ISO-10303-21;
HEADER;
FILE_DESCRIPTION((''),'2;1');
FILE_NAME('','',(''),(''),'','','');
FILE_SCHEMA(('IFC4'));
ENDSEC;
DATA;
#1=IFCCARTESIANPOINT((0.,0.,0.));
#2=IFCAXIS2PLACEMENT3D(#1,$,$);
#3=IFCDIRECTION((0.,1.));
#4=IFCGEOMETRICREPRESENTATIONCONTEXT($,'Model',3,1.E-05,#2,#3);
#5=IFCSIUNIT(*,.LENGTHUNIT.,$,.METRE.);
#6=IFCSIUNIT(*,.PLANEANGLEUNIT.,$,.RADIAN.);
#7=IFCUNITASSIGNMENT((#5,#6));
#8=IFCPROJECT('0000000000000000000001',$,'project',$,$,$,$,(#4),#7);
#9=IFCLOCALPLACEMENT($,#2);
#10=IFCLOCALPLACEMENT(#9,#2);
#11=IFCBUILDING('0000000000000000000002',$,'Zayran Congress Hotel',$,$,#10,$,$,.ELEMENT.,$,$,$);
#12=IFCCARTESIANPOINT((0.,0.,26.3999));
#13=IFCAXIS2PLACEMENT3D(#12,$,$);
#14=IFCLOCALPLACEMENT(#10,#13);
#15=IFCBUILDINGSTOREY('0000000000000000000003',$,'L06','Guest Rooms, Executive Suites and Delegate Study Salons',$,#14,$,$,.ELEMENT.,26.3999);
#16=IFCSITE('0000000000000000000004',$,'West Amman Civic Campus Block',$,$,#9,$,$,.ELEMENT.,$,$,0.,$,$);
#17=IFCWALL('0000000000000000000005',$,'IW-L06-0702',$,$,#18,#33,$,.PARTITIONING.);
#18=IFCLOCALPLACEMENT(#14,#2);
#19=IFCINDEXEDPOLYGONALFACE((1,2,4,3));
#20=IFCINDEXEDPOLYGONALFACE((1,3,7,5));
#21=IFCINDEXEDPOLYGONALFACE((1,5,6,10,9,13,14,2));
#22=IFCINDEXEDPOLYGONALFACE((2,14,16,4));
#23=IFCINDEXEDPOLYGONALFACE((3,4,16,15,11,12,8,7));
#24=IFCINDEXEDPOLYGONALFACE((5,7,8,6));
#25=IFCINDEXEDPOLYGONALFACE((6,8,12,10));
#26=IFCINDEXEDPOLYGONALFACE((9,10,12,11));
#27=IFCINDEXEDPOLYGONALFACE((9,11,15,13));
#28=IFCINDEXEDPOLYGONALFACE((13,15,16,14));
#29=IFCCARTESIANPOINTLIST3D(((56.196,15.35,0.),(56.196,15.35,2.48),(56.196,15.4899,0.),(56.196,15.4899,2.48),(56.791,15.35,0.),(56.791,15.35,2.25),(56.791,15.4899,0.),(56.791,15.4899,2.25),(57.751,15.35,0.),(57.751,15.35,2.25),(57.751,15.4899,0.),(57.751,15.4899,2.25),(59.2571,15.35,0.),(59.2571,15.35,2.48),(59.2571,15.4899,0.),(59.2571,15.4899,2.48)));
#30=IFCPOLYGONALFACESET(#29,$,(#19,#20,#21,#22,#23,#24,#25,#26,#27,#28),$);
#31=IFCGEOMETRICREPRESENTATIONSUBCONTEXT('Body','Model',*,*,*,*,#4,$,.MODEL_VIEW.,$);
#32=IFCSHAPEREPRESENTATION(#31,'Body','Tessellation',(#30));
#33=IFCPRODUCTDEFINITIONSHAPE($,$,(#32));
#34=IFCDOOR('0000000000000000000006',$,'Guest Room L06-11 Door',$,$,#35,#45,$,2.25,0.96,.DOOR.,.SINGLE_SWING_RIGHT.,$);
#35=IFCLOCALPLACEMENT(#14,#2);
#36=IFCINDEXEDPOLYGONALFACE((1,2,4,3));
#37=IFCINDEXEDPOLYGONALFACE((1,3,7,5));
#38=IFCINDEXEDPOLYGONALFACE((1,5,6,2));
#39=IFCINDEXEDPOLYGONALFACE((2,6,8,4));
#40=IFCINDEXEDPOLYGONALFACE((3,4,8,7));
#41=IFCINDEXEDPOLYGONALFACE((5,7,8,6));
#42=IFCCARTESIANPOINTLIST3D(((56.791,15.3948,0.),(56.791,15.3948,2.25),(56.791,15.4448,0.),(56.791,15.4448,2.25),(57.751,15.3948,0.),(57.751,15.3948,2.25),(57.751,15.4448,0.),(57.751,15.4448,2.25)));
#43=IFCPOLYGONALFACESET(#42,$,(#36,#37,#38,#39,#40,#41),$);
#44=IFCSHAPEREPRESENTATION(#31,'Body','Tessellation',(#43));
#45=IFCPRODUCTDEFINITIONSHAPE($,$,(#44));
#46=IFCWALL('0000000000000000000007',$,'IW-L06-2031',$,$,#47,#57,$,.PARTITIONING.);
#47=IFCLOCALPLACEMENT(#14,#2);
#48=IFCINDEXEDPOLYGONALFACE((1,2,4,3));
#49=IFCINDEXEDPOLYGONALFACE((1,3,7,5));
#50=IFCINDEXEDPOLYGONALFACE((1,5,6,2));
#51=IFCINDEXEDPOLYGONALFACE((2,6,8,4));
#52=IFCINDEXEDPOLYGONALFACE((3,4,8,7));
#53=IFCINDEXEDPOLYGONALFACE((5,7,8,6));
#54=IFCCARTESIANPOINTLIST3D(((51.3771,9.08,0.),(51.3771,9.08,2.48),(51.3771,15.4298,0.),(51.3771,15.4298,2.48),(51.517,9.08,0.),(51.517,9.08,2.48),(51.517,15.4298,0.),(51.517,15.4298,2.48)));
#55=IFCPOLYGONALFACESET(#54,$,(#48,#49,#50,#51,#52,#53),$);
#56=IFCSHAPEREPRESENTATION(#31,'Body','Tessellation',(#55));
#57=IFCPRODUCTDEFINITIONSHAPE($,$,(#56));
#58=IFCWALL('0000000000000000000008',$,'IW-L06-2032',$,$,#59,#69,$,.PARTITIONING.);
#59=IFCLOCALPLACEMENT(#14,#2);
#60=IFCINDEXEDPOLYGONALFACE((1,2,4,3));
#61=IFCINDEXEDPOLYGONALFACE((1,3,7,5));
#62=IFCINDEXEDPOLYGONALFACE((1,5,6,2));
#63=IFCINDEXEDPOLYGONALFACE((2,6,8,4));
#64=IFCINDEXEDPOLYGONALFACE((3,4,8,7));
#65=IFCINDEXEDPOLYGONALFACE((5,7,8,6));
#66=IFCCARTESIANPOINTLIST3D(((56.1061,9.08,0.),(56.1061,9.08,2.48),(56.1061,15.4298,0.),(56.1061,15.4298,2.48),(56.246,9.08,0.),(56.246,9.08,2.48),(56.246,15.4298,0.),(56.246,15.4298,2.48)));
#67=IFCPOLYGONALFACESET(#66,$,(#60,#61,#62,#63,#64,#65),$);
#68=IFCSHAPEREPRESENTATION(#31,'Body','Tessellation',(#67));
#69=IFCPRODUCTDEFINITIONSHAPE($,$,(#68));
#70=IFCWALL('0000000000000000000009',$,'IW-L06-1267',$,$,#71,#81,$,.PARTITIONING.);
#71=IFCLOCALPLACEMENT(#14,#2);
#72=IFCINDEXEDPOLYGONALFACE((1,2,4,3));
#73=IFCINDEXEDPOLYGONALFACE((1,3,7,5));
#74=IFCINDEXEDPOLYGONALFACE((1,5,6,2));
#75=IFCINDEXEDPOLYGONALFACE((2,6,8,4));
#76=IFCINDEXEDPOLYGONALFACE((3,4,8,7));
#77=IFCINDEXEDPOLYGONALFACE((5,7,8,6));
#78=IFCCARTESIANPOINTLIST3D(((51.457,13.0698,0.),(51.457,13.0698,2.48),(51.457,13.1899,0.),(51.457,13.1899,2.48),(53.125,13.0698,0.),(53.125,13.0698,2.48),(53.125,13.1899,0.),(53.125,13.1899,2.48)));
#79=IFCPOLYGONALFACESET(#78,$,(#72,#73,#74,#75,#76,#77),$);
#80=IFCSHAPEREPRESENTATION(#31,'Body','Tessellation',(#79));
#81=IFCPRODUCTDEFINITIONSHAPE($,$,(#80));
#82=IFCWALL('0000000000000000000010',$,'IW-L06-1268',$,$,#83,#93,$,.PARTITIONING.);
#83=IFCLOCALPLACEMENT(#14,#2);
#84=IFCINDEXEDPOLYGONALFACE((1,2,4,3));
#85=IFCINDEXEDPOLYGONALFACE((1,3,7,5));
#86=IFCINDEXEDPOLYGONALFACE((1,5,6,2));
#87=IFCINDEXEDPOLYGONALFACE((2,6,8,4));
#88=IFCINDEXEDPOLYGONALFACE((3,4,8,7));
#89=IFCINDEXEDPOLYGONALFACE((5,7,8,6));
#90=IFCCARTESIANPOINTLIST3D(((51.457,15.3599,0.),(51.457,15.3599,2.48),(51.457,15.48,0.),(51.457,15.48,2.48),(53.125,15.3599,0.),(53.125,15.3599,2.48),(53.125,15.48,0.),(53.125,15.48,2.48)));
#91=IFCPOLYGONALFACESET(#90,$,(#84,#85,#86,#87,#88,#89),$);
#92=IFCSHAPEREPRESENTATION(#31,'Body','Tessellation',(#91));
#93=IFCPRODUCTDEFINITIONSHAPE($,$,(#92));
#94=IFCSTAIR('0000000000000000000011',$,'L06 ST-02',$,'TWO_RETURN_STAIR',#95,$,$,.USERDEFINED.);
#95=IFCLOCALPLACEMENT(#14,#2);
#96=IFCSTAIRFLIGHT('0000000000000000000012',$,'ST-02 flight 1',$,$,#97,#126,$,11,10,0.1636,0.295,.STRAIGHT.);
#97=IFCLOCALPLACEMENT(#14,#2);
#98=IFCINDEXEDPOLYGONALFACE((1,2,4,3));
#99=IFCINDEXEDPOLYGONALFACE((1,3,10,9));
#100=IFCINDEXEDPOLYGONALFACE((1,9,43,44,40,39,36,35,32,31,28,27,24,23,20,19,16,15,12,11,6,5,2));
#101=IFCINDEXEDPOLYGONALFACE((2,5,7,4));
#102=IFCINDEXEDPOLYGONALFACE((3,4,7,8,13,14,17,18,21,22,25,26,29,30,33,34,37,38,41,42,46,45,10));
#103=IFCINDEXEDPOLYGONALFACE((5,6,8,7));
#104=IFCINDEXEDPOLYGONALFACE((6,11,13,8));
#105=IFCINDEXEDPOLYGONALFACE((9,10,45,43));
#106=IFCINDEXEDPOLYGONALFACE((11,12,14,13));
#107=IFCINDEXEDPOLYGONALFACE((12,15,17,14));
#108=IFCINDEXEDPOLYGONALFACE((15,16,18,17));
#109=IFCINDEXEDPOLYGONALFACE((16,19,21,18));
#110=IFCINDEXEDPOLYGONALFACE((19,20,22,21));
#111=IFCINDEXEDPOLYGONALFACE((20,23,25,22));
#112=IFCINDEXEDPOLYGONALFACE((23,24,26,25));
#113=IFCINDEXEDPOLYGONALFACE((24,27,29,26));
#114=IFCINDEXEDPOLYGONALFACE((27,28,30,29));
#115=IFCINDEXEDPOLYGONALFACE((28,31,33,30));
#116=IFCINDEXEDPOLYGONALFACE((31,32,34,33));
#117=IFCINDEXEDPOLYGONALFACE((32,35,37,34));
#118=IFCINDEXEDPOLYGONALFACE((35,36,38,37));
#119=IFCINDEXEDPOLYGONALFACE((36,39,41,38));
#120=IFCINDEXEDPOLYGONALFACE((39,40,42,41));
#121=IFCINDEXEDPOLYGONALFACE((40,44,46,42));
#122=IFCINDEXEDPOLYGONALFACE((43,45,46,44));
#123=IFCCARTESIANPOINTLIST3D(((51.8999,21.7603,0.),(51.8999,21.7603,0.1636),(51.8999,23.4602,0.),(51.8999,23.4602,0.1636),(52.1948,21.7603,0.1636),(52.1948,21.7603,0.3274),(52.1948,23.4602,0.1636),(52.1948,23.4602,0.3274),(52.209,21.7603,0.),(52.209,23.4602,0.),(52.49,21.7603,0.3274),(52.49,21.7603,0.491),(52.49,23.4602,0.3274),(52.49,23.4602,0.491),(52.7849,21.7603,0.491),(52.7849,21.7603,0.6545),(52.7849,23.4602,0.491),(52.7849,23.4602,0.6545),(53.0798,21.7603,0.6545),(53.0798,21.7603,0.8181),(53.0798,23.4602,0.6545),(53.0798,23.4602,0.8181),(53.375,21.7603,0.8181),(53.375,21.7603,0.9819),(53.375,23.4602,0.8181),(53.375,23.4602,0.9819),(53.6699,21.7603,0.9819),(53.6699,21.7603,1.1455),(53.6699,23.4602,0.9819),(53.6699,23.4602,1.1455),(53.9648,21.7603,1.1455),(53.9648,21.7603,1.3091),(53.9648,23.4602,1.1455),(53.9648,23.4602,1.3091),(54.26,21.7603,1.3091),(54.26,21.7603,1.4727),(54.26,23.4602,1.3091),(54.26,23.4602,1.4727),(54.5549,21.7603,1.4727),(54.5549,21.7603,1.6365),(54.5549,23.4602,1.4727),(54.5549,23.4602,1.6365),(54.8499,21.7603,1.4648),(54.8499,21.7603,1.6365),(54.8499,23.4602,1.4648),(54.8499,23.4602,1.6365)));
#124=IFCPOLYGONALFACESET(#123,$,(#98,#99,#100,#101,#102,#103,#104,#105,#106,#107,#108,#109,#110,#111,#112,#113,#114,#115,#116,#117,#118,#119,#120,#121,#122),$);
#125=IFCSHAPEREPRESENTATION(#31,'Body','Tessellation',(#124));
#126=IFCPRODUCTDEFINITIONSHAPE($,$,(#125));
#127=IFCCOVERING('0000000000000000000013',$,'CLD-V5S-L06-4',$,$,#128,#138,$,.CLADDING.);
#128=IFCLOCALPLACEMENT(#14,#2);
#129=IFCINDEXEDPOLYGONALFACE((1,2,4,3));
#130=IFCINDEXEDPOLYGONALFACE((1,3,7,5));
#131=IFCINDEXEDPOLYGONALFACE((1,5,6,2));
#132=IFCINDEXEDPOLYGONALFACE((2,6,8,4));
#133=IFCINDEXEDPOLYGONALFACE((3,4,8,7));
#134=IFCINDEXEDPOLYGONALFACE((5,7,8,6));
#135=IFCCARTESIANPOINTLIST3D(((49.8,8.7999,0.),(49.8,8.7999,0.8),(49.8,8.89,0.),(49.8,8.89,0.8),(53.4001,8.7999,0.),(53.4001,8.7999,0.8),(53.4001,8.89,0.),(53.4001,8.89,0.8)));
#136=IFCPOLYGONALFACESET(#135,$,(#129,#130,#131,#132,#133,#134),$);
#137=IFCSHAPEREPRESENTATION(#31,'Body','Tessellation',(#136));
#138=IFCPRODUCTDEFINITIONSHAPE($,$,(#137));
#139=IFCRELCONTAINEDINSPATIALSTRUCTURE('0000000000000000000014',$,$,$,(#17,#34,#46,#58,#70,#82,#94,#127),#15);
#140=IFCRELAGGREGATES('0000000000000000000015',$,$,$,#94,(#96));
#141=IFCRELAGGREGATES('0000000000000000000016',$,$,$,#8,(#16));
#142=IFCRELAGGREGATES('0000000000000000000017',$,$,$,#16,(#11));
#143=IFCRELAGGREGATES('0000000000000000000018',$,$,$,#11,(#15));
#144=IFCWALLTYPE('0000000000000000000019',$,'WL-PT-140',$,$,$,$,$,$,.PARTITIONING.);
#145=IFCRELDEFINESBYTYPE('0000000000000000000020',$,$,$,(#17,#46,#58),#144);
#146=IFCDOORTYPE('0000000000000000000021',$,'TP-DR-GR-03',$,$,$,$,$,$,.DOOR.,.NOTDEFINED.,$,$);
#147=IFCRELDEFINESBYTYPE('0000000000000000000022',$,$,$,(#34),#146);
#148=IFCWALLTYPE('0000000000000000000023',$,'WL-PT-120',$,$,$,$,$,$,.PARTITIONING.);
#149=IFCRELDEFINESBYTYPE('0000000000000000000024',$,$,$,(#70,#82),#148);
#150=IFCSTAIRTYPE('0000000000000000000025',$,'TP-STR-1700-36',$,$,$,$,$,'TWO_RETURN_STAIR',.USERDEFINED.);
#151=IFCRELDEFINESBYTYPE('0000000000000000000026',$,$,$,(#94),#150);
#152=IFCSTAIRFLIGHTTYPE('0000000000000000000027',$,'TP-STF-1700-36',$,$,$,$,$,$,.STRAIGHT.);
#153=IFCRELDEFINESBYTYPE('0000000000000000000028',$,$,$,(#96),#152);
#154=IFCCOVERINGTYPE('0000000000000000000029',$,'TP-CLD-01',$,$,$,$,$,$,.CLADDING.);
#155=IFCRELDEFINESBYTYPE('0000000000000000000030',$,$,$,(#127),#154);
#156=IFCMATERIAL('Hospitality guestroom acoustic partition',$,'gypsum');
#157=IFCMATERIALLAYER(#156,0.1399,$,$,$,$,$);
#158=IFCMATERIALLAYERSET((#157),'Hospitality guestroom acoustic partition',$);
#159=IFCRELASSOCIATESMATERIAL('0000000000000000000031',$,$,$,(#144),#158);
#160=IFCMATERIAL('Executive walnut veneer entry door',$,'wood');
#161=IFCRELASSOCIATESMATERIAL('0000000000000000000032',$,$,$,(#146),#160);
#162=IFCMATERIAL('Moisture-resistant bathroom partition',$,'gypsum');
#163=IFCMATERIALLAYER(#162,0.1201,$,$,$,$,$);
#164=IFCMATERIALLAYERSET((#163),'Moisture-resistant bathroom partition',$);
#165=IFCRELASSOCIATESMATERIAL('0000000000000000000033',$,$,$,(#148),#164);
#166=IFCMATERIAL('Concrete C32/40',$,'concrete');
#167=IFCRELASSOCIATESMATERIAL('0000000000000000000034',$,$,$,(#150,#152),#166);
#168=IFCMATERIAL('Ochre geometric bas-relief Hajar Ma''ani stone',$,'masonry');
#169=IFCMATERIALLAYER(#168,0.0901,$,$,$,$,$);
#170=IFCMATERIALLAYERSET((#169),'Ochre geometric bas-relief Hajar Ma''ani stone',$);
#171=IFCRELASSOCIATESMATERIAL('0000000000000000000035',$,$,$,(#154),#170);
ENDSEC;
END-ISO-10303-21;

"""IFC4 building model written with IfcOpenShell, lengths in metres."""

from ifc_helpers import new_model, si_unit, direction, frame, frame_2d, origin, origin_2d, place, context, subcontext, project, spatial, polyline, rectangle, outline, extrude, material, layer, layer_set, type_object, element, fill, aggregate, save


model = new_model("IFC4")

# Units and contexts
model_context = context("Model", 3, precision=1e-05, world=origin(), true_north=direction((0.0, 1.0)))
body_context = subcontext(model_context, "Body", "Model", "MODEL_VIEW")
ifc_project = project(units=[si_unit("LENGTHUNIT", "METRE"), si_unit("PLANEANGLEUNIT", "RADIAN")], contexts=[model_context])

# Site, building, storey
site_placement = place(None, origin())
site = spatial("IfcSite", under=ifc_project, at=site_placement, Name="West Amman Civic Campus Block", CompositionType="ELEMENT", RefElevation=0.0)
building_placement = place(site_placement, origin())
building = spatial("IfcBuilding", under=site, at=building_placement, Name="Zayran Congress Hotel", CompositionType="ELEMENT")
storey_placement = place(building_placement, frame((0.0, 0.0, 26.3999)))
storey = spatial("IfcBuildingStorey", under=building, at=storey_placement, Name="L06", Description="Guest Rooms, Executive Suites and Delegate Study Salons", CompositionType="ELEMENT", Elevation=26.3999)

# Shared definitions
ifc_material_1 = material(Name="Hospitality guestroom acoustic partition", Category="gypsum")
ifc_layer_1 = layer(ifc_material_1, 0.1399)
ifc_layer_set_1 = layer_set([ifc_layer_1], Name="Hospitality guestroom acoustic partition")
wall_type_1 = type_object("IfcWallType", Name="WL-PT-140", PredefinedType="PARTITIONING", material=ifc_layer_set_1)

# Wall, opening, door
wall_1_placement = place(storey_placement, frame((56.196, 15.4199, 0.0), z_axis=(0.0, 0.0, 1.0), x_axis=(1.0, 0.0, 0.0)))
wall_1 = element("IfcWall", 1, at=wall_1_placement, inside=storey, type_object=wall_type_1, Name="IW-L06-0702", PredefinedType="PARTITIONING", context=body_context, shape_type="SweptSolid", body=[
    extrude(rectangle(XDim=3.061, YDim=0.1399, at=frame_2d((1.5305, 0.0))), origin(), (0.0, 0.0, 1.0), 2.48),
])
opening_1_placement = place(wall_1_placement, frame((0.595, 0.0, 0.0)))
opening_1 = element("IfcOpeningElement", 2, at=opening_1_placement, cuts=wall_1, PredefinedType="OPENING", context=body_context, shape_type="SweptSolid", body=[
    extrude(rectangle(XDim=0.96, YDim=2.25, at=frame_2d((0.48, 1.125))), frame((0.0, 0.0798, 0.0), z_axis=(0.0, -1.0, 0.0), x_axis=(1.0, 0.0, 0.0)), (0.0, 0.0, 1.0), 0.1599),
])
ifc_material_2 = material(Name="Executive walnut veneer entry door", Category="wood")
door_type_1 = type_object("IfcDoorType", Name="TP-DR-GR-03", OperationType="NOTDEFINED", PredefinedType="DOOR", material=ifc_material_2)
door_1_placement = place(opening_1_placement, origin())
door_1 = element("IfcDoor", 3, at=door_1_placement, inside=storey, type_object=door_type_1, Name="Guest Room L06-11 Door", OperationType="SINGLE_SWING_RIGHT", OverallHeight=2.25, OverallWidth=0.96, PredefinedType="DOOR", context=body_context, shape_type="SweptSolid", body=[
    extrude(rectangle(XDim=0.96, YDim=2.25, at=frame_2d((0.48, 1.125))), frame((0.0, 0.0249, 0.0), z_axis=(0.0, -1.0, 0.0), x_axis=(1.0, 0.0, 0.0)), (0.0, 0.0, 1.0), 0.05),
])
fill(opening_1, door_1)

# Walls
for number, where, z_axis, x_axis, name in (
    (4, (51.447, 9.0801, 0.0), (0.0, 0.0, 1.0), (0.0, 1.0, 0.0), "IW-L06-2031"),
    (5, (56.176, 9.0801, 0.0), (0.0, 0.0, 1.0), (0.0, 1.0, 0.0), "IW-L06-2032"),
):
    element("IfcWall", number, at=place(storey_placement, frame(where, z_axis=z_axis, x_axis=x_axis)), inside=storey, type_object=wall_type_1, Name=name, PredefinedType="PARTITIONING", context=body_context, shape_type="SweptSolid", body=[
        extrude(rectangle(XDim=6.3499, YDim=0.1399, at=frame_2d((3.1748, 0.0))), origin(), (0.0, 0.0, 1.0), 2.48),
    ])

# Shared definitions
ifc_material_3 = material(Name="Moisture-resistant bathroom partition", Category="gypsum")
ifc_layer_2 = layer(ifc_material_3, 0.1201)
ifc_layer_set_2 = layer_set([ifc_layer_2], Name="Moisture-resistant bathroom partition")
wall_type_2 = type_object("IfcWallType", Name="WL-PT-120", PredefinedType="PARTITIONING", material=ifc_layer_set_2)

# Walls
for number, where, z_axis, x_axis, name in (
    (6, (51.457, 13.1299, 0.0), (0.0, 0.0, 1.0), (1.0, 0.0, 0.0), "IW-L06-1267"),
    (7, (51.457, 15.4199, 0.0), (0.0, 0.0, 1.0), (1.0, 0.0, 0.0), "IW-L06-1268"),
):
    element("IfcWall", number, at=place(storey_placement, frame(where, z_axis=z_axis, x_axis=x_axis)), inside=storey, type_object=wall_type_2, Name=name, PredefinedType="PARTITIONING", context=body_context, shape_type="SweptSolid", body=[
        extrude(rectangle(XDim=1.668, YDim=0.1201, at=frame_2d((0.834, 0.0))), origin(), (0.0, 0.0, 1.0), 2.48),
    ])

# Stair, stair flight
ifc_material_4 = material(Name="Concrete C32/40", Category="concrete")
stair_type = type_object("IfcStairType", Name="TP-STR-1700-36", ElementType="TWO_RETURN_STAIR", PredefinedType="USERDEFINED", material=ifc_material_4)
stair_placement = place(storey_placement, origin())
stair = element("IfcStair", 8, at=stair_placement, inside=storey, type_object=stair_type, Name="L06 ST-02", ObjectType="TWO_RETURN_STAIR", PredefinedType="USERDEFINED")
stair_flight_type = type_object("IfcStairFlightType", Name="TP-STF-1700-36", PredefinedType="STRAIGHT", material=ifc_material_4)
stair_flight_placement = place(storey_placement, frame((51.8999, 22.6101, 0.0), z_axis=(0.0, 0.0, 1.0), x_axis=(1.0, 0.0, 0.0)))
stair_flight = element("IfcStairFlight", 9, at=stair_flight_placement, type_object=stair_flight_type, Name="ST-02 flight 1", NumberOfRisers=11, NumberOfTreads=10, PredefinedType="STRAIGHT", RiserHeight=0.1636, TreadLength=0.295, context=body_context, shape_type="SweptSolid", body=[
    extrude(outline(polyline([(0.0, 0.0), (0.0, 0.1636), (0.2949, 0.1636), (0.2949, 0.3274), (0.5901, 0.3274), (0.5901, 0.491), (0.885, 0.491), (0.885, 0.6545), (1.1799, 0.6545), (1.1799, 0.8181), (1.4751, 0.8181), (1.4751, 0.9819), (1.77, 0.9819), (1.77, 1.1455), (2.0649, 1.1455), (2.0649, 1.3091), (2.3601, 1.3091), (2.3601, 1.4727), (2.655, 1.4727), (2.655, 1.6365), (2.95, 1.6365), (2.95, 1.8), (2.95, 1.4648), (0.3091, 0.0), (0.0, 0.0)])), frame((0.0, 0.8501, 0.0), z_axis=(0.0, -1.0, 0.0), x_axis=(1.0, 0.0, 0.0)), (0.0, 0.0, 1.0), 1.7),
])
aggregate(stair, [stair_flight])

# Covering
ifc_material_5 = material(Name="Ochre geometric bas-relief Hajar Ma'ani stone", Category="masonry")
ifc_layer_3 = layer(ifc_material_5, 0.0901)
ifc_layer_set_3 = layer_set([ifc_layer_3], Name="Ochre geometric bas-relief Hajar Ma'ani stone")
covering_type = type_object("IfcCoveringType", Name="TP-CLD-01", PredefinedType="CLADDING", material=ifc_layer_set_3)
covering_placement = place(storey_placement, frame((51.6001, 8.845, 0.0), z_axis=(0.0, 0.0, 1.0), x_axis=(1.0, 0.0, 0.0)))
element("IfcCovering", 10, at=covering_placement, inside=storey, type_object=covering_type, Name="CLD-V5S-L06-4", PredefinedType="CLADDING", context=body_context, shape_type="SweptSolid", body=[
    extrude(rectangle(XDim=3.6001, YDim=0.0901, at=origin_2d()), origin(), (0.0, 0.0, 1.0), 0.8),
])

save(model, "model.ifc")
